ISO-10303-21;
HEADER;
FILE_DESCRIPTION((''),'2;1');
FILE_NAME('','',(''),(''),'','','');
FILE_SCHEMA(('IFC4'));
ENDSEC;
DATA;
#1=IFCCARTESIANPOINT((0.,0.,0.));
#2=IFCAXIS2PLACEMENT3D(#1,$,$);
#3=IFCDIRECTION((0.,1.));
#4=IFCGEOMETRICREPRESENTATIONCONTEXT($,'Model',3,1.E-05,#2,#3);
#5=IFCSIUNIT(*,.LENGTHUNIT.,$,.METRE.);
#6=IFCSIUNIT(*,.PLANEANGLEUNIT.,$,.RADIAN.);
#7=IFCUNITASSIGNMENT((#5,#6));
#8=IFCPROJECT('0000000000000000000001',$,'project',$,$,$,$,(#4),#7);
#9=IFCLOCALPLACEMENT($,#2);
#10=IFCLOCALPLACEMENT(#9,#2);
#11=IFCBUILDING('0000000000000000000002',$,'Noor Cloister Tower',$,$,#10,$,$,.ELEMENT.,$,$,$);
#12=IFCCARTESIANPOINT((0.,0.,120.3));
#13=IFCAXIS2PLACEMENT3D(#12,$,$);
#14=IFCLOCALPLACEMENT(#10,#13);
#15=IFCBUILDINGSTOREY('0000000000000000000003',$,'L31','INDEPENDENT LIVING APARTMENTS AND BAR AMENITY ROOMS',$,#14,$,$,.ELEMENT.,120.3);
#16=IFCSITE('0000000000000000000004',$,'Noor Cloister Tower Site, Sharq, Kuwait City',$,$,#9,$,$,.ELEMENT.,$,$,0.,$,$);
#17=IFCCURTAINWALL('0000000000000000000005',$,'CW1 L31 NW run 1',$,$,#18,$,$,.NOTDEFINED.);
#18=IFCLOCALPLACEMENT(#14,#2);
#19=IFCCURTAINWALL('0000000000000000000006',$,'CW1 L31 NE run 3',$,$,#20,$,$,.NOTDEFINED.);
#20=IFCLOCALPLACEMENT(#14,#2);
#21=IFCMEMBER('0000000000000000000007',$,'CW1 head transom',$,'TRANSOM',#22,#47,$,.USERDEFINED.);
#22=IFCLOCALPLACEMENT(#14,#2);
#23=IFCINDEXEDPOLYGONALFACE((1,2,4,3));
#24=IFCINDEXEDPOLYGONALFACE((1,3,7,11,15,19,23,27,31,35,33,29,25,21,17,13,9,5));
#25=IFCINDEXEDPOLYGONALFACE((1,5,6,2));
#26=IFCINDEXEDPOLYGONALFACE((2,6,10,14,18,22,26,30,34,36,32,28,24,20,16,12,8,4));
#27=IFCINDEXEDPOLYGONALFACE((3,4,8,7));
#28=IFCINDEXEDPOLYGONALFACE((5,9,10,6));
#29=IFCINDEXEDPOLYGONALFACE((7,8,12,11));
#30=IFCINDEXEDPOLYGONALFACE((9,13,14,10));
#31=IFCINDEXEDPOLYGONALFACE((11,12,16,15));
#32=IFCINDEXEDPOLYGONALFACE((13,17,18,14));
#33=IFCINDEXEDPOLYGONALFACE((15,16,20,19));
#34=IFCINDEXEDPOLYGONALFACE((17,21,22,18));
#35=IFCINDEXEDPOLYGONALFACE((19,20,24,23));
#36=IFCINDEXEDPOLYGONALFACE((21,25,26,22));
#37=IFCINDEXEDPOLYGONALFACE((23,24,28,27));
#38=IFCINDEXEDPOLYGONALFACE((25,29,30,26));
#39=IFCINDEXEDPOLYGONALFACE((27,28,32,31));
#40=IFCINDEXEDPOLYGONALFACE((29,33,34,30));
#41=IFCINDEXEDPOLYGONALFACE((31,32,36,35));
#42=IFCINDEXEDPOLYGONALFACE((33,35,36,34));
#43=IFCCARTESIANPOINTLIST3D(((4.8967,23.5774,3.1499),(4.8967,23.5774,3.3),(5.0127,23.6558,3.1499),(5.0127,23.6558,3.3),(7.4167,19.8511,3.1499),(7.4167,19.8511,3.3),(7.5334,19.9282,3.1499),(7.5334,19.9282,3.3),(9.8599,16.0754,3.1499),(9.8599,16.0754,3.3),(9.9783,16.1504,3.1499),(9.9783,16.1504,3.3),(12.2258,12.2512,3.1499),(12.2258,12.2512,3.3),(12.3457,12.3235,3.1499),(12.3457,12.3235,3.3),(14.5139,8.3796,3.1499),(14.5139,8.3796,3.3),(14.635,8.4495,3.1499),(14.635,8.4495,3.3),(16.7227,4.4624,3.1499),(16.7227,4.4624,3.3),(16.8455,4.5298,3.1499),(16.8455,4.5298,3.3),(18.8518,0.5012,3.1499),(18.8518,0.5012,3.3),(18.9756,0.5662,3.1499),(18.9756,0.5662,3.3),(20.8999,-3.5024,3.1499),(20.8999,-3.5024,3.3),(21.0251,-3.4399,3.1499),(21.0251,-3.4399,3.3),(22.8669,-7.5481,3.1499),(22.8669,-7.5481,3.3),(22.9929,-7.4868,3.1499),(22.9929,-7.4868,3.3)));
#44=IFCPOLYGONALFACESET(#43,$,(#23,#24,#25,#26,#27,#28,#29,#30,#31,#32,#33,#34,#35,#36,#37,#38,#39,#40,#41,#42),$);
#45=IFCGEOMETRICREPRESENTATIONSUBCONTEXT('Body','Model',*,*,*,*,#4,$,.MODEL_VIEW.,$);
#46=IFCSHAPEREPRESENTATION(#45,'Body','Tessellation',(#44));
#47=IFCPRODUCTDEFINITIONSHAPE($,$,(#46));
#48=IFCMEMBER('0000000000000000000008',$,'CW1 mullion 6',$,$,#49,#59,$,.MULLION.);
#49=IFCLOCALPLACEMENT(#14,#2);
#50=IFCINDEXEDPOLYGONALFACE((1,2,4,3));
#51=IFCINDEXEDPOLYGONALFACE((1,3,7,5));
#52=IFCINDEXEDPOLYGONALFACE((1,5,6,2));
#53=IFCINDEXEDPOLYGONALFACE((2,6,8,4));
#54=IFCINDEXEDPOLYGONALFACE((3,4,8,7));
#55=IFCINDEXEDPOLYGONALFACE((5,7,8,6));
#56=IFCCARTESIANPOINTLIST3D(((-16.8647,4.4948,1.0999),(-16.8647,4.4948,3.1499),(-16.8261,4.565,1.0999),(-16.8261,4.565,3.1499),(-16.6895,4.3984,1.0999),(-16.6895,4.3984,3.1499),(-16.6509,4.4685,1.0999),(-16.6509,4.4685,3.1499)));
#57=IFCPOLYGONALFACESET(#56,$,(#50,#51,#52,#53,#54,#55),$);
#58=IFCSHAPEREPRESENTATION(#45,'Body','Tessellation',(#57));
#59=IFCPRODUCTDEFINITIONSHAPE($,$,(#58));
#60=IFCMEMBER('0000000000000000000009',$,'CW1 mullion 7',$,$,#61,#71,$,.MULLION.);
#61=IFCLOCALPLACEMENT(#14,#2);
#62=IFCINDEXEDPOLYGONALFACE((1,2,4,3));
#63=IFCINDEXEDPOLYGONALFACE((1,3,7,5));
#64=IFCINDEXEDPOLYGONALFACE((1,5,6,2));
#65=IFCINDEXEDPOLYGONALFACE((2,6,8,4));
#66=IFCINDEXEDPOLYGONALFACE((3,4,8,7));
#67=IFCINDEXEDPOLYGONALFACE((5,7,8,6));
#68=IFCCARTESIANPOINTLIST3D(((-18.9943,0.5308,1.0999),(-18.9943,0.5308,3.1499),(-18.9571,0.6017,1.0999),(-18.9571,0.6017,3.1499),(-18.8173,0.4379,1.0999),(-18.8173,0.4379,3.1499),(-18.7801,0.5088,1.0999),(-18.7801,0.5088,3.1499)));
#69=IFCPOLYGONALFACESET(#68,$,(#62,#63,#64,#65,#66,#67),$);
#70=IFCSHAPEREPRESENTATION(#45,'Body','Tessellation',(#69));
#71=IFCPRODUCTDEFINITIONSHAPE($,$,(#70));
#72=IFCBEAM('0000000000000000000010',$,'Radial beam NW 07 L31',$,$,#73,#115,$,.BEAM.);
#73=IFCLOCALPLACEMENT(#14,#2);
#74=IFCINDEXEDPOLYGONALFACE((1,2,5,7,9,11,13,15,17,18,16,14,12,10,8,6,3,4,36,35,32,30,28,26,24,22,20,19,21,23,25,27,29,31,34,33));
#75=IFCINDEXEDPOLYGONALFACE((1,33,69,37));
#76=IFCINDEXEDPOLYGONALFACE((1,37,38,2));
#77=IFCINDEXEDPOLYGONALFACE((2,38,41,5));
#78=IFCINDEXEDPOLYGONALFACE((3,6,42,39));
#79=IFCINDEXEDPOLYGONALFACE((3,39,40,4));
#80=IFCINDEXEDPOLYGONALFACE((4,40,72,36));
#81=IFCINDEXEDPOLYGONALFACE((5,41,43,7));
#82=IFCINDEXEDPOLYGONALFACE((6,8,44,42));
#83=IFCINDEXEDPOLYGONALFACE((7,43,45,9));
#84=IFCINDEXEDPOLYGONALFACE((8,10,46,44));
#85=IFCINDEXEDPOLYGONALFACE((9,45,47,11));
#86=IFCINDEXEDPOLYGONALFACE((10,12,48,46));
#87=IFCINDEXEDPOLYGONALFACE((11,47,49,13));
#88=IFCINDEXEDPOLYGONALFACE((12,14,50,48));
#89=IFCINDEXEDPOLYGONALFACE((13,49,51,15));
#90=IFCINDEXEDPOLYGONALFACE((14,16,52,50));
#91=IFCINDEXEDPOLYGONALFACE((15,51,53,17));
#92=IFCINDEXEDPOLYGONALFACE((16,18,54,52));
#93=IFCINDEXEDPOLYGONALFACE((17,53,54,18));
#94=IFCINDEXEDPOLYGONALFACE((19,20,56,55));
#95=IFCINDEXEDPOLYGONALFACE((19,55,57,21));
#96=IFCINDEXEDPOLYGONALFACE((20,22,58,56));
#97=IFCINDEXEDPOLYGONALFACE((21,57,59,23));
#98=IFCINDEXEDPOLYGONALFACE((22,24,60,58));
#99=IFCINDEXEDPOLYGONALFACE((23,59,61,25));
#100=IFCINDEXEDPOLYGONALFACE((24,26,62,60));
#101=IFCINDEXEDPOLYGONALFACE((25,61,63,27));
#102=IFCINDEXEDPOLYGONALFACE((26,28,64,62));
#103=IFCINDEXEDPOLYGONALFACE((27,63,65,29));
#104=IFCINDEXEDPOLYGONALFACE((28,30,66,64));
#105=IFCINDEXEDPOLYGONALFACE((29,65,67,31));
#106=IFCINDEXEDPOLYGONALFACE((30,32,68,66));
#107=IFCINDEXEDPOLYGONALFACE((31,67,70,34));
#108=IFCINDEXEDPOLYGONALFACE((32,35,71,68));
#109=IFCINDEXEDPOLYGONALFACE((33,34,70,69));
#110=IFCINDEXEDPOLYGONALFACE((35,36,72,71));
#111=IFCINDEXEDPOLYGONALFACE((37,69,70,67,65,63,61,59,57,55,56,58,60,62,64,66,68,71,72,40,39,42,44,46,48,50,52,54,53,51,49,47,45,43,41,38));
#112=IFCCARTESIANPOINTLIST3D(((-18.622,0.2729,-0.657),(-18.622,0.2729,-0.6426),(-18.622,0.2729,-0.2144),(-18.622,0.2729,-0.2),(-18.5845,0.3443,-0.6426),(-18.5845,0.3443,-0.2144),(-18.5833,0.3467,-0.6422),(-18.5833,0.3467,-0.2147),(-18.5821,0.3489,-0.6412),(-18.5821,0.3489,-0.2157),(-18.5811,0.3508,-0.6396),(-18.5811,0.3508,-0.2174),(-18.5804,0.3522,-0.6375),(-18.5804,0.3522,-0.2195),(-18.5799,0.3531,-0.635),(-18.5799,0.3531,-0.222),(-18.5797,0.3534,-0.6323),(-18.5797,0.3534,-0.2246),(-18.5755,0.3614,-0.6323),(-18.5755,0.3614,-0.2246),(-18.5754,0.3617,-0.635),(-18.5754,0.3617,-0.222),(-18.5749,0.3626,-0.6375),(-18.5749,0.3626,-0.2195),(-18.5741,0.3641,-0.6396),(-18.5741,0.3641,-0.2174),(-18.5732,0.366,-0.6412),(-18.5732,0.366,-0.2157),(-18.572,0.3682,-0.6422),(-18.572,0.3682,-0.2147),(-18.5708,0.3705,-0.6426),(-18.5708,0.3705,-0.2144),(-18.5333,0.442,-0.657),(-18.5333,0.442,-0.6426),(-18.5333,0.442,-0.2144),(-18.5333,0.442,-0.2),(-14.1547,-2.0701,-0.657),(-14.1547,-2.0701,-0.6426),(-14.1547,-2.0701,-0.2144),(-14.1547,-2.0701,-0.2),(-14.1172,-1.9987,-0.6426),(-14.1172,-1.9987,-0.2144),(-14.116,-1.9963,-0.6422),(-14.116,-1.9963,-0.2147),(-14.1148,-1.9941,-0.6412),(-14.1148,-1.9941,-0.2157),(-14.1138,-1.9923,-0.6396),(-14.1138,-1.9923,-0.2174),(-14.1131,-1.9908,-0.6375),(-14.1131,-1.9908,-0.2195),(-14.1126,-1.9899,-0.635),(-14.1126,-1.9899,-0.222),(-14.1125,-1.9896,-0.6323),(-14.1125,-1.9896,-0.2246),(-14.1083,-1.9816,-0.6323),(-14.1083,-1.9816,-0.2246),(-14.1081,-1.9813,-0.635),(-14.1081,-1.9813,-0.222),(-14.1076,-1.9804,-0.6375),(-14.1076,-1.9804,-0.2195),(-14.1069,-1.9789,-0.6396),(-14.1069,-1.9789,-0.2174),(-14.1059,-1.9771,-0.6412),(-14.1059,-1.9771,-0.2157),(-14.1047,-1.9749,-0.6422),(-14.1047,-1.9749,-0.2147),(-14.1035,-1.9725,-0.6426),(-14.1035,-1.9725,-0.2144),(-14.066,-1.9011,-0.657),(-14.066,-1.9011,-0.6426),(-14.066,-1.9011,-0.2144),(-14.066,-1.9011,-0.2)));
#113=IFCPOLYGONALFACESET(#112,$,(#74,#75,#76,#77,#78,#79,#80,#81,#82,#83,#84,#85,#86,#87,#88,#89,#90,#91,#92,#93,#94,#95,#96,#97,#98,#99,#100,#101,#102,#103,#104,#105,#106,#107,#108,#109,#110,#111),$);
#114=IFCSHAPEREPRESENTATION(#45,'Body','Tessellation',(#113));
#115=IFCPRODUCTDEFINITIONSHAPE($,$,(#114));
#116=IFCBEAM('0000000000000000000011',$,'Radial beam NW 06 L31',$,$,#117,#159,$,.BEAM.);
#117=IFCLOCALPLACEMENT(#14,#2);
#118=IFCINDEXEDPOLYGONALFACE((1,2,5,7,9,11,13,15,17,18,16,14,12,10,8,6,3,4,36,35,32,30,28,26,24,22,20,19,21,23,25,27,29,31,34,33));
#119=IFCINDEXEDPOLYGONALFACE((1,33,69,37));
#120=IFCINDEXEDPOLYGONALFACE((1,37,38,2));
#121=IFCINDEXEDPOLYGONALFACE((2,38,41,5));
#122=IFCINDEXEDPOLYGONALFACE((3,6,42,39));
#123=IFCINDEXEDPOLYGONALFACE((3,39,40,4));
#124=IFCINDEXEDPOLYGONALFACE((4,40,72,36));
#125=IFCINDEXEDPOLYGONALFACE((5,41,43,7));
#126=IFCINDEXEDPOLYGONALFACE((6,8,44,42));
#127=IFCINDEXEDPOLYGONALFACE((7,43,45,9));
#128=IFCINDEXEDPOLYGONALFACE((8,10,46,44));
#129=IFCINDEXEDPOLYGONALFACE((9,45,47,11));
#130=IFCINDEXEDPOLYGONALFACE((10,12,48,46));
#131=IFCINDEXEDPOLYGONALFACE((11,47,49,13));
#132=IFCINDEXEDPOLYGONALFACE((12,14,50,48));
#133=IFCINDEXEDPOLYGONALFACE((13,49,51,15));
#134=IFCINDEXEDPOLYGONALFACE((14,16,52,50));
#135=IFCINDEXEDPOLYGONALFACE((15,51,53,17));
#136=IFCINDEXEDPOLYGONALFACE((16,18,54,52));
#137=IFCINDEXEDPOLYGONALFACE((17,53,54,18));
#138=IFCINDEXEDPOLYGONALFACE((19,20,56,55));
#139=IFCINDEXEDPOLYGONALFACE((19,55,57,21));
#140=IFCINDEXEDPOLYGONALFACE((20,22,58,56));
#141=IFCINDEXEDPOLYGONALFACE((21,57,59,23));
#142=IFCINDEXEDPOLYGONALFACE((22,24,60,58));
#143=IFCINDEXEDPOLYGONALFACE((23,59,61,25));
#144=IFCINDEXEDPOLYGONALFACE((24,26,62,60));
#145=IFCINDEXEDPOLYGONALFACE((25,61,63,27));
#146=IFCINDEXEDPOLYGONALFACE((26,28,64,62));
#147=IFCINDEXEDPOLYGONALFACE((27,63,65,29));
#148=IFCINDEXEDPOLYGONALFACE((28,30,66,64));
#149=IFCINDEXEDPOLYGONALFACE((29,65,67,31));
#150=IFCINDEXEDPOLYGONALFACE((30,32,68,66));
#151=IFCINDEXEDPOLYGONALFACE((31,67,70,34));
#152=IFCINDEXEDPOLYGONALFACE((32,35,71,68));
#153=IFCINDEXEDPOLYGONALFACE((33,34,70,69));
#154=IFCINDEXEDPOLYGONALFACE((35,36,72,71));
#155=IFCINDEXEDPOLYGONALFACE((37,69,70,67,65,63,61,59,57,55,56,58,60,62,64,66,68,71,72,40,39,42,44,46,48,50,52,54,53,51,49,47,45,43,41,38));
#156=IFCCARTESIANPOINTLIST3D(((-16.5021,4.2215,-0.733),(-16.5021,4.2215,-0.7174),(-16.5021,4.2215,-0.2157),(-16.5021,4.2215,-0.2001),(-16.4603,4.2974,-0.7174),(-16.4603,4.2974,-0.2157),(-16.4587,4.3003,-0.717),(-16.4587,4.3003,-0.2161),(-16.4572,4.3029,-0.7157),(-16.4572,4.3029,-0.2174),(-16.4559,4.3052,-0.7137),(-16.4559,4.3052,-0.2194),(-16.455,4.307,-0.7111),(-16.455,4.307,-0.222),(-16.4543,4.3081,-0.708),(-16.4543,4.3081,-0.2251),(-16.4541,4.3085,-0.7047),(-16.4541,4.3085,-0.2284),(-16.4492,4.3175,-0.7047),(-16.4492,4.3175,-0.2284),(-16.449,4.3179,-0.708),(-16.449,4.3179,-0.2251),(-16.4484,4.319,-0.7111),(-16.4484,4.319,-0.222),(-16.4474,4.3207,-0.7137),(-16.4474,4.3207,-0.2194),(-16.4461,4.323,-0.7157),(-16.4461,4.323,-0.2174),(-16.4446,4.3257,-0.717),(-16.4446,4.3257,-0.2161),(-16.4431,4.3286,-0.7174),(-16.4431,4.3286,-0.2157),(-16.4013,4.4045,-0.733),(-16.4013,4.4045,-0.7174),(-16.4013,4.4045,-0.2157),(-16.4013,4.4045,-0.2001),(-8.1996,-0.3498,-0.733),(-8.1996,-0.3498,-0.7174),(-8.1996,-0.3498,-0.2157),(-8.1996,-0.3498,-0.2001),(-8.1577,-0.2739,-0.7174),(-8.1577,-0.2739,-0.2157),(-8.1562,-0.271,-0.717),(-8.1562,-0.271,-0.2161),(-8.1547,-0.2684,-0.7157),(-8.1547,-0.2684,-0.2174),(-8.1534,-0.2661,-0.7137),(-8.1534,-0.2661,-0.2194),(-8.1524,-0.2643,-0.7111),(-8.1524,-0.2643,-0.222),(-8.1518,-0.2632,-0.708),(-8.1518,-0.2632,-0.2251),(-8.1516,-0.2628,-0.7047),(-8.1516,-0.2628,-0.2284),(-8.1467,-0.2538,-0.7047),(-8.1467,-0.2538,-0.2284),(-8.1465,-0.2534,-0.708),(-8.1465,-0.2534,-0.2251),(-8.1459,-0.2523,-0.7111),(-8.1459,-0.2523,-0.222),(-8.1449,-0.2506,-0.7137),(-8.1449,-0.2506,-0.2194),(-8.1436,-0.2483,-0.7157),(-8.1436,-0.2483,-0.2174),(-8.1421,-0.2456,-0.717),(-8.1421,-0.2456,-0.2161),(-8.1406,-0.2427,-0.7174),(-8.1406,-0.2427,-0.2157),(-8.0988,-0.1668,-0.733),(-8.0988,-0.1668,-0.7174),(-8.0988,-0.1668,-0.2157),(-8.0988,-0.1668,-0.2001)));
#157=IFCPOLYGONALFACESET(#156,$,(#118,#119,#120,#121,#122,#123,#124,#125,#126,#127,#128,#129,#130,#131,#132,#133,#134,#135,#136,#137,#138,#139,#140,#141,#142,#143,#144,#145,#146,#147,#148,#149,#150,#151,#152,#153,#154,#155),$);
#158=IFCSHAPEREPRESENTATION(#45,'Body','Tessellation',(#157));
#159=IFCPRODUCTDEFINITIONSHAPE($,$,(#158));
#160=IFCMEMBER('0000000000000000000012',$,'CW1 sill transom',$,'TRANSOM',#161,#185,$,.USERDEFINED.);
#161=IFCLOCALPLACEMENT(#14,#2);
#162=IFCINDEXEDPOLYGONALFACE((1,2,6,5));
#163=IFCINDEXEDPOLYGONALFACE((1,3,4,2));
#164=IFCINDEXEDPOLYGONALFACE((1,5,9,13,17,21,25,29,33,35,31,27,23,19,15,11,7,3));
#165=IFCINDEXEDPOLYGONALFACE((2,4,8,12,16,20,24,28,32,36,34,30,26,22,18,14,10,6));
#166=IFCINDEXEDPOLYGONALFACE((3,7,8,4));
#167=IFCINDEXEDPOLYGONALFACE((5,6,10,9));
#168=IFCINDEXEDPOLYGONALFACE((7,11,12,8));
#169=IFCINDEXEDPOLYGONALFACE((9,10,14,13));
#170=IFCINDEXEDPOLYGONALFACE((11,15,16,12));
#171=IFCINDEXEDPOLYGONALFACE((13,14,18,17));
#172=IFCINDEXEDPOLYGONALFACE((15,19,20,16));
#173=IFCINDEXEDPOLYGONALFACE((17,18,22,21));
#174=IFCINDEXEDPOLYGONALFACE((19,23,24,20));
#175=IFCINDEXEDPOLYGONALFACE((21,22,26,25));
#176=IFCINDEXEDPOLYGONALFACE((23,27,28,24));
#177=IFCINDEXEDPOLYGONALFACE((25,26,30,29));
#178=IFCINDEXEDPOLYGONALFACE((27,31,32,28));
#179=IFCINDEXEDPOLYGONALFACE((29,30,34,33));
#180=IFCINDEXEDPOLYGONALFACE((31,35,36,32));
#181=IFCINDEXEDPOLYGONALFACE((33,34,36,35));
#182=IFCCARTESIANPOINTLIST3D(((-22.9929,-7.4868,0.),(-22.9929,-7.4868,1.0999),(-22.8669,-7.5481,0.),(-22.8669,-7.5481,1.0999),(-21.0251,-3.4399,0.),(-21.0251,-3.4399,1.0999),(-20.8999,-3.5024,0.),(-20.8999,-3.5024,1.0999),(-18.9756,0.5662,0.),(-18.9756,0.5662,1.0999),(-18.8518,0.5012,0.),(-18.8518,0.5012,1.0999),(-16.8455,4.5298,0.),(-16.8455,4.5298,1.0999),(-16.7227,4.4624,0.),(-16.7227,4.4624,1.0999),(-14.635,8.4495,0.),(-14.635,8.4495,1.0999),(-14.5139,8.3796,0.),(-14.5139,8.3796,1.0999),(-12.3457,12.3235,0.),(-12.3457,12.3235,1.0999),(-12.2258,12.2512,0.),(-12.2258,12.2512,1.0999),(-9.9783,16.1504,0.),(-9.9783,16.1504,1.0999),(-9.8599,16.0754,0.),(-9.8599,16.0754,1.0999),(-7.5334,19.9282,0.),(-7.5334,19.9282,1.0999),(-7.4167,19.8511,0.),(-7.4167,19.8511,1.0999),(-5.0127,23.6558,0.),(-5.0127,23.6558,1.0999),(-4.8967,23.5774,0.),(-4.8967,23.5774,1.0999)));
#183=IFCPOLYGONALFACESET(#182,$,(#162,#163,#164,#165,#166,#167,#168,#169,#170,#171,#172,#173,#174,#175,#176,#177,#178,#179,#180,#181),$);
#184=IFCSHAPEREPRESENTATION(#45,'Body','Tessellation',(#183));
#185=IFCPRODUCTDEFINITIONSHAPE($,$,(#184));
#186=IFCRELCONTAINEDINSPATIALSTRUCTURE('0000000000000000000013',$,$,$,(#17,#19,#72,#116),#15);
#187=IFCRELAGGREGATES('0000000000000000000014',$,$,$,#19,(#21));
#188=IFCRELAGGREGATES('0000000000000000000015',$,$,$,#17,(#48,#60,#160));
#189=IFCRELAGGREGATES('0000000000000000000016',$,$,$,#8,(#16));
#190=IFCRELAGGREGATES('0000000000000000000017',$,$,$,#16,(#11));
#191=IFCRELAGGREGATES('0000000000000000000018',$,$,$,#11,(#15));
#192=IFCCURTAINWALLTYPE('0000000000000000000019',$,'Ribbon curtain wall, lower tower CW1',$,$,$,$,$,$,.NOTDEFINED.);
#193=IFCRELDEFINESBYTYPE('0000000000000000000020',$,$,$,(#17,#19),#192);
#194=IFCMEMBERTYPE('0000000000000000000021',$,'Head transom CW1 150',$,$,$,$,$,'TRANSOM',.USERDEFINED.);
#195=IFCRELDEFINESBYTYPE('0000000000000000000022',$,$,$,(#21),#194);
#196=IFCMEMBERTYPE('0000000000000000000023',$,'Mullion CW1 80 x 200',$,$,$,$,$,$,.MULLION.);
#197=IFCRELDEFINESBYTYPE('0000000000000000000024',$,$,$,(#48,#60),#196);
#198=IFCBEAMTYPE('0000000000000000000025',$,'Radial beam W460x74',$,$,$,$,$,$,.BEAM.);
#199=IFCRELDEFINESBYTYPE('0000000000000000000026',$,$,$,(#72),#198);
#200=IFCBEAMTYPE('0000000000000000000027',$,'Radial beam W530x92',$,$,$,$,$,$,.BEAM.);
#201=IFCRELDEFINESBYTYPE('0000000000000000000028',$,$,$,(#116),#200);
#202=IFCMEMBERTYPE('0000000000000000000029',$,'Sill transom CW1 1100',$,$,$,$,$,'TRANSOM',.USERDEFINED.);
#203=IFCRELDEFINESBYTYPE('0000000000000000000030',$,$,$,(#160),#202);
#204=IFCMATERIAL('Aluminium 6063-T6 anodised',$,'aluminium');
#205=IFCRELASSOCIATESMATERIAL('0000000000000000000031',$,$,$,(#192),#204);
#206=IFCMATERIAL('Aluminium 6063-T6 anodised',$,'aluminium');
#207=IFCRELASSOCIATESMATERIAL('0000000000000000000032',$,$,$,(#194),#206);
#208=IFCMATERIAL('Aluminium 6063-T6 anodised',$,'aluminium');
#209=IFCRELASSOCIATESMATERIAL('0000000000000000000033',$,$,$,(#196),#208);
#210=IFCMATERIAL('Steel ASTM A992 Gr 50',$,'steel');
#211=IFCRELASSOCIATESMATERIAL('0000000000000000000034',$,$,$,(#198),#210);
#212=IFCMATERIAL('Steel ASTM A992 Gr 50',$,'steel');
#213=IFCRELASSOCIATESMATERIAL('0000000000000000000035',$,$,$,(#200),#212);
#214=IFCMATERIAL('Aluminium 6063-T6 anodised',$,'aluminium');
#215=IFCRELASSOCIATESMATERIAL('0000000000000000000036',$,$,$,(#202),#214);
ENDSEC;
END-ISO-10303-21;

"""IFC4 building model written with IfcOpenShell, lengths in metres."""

from ifc_helpers import new_model, si_unit, direction, frame, origin, origin_2d, place, context, subcontext, project, spatial, polyline, rectangle, i_section, outline, extrude, material, material_profile, profile_set, type_object, element, aggregate, save


model = new_model("IFC4")

# Units and contexts
model_context = context("Model", 3, precision=1e-05, world=origin(), true_north=direction((0.0, 1.0)))
body_context = subcontext(model_context, "Body", "Model", "MODEL_VIEW")
ifc_project = project(units=[si_unit("LENGTHUNIT", "METRE"), si_unit("PLANEANGLEUNIT", "RADIAN")], contexts=[model_context])

# Site, building, storey
site_placement = place(None, origin())
site = spatial("IfcSite", under=ifc_project, at=site_placement, Name="Noor Cloister Tower Site, Sharq, Kuwait City", CompositionType="ELEMENT", RefElevation=0.0)
building_placement = place(site_placement, origin())
building = spatial("IfcBuilding", under=site, at=building_placement, Name="Noor Cloister Tower", CompositionType="ELEMENT")
storey_placement = place(building_placement, frame((0.0, 0.0, 120.3)))
storey = spatial("IfcBuildingStorey", under=building, at=storey_placement, Name="L31", Description="INDEPENDENT LIVING APARTMENTS AND BAR AMENITY ROOMS", CompositionType="ELEMENT", Elevation=120.3)

# Curtain walls, member
ifc_material_1 = material(Name="Aluminium 6063-T6 anodised", Category="aluminium")
curtain_wall_type = type_object("IfcCurtainWallType", Name="Ribbon curtain wall, lower tower CW1", PredefinedType="NOTDEFINED", material=ifc_material_1)
curtain_wall_1_placement = place(storey_placement, origin())
curtain_wall_1 = element("IfcCurtainWall", 1, at=curtain_wall_1_placement, inside=storey, type_object=curtain_wall_type, Name="CW1 L31 NW run 1", PredefinedType="NOTDEFINED")
ifc_material_2 = material(Name="Aluminium 6063-T6 anodised", Category="aluminium")
member_type_1 = type_object("IfcMemberType", Name="Head transom CW1 150", ElementType="TRANSOM", PredefinedType="USERDEFINED", material=ifc_material_2)
curtain_wall_2_placement = place(storey_placement, origin())
curtain_wall_2 = element("IfcCurtainWall", 2, at=curtain_wall_2_placement, inside=storey, type_object=curtain_wall_type, Name="CW1 L31 NE run 3", PredefinedType="NOTDEFINED")
member_1_placement = place(storey_placement, frame((0.0, 0.0, 3.1499)))
member_1 = element("IfcMember", 3, at=member_1_placement, type_object=member_type_1, Name="CW1 head transom", ObjectType="TRANSOM", PredefinedType="USERDEFINED", context=body_context, shape_type="SweptSolid", body=[
    extrude(outline(polyline([(22.9929, -7.4868), (21.0251, -3.4399), (18.9756, 0.5662), (16.8455, 4.5298), (14.635, 8.4495), (12.3457, 12.3235), (9.9783, 16.1504), (7.5334, 19.9282), (5.0127, 23.6558), (4.8967, 23.5774), (7.4167, 19.8511), (9.8599, 16.0754), (12.2258, 12.2512), (14.5139, 8.3796), (16.7227, 4.4624), (18.8518, 0.5012), (20.8999, -3.5024), (22.8669, -7.5481), (22.9929, -7.4868)])), origin(), (0.0, 0.0, 1.0), 0.1501),
])

# Members
ifc_material_3 = material(Name="Aluminium 6063-T6 anodised", Category="aluminium")
ifc_material_profile_1 = material_profile(ifc_material_3, rectangle(XDim=0.2, YDim=0.0801, at=origin_2d()), Name="200 x 80 mullion")
ifc_profile_set_1 = profile_set([ifc_material_profile_1], Name="Aluminium 6063-T6 anodised")
member_type_2 = type_object("IfcMemberType", Name="Mullion CW1 80 x 200", PredefinedType="MULLION", material=ifc_profile_set_1)
member_2_placement = place(storey_placement, frame((-16.7578, 4.4817, 1.0999), z_axis=(0.0, 0.0, 1.0), x_axis=(0.875994, -0.482322, 0.0)))
member_2 = element("IfcMember", 4, at=member_2_placement, type_object=member_type_2, Name="CW1 mullion 6", PredefinedType="MULLION", context=body_context, shape_type="SweptSolid", body=[
    extrude(rectangle(XDim=0.2, YDim=0.0801, at=origin_2d()), origin(), (0.0, 0.0, 1.0), 2.05),
])
member_3_placement = place(storey_placement, frame((-18.8872, 0.5198, 1.0999), z_axis=(0.0, 0.0, 1.0), x_axis=(0.885601, -0.464446, 0.0)))
member_3 = element("IfcMember", 5, at=member_3_placement, type_object=member_type_2, Name="CW1 mullion 7", PredefinedType="MULLION", context=body_context, shape_type="SweptSolid", body=[
    extrude(rectangle(XDim=0.2, YDim=0.0801, at=origin_2d()), origin(), (0.0, 0.0, 1.0), 2.05),
])

# Beams
ifc_material_4 = material(Name="Steel ASTM A992 Gr 50", Category="steel")
ifc_material_profile_2 = material_profile(ifc_material_4, i_section(OverallWidth=0.1909, OverallDepth=0.457, WebThickness=0.009, FlangeThickness=0.0144, FilletRadius=0.0103, at=origin_2d()), Name="W460x74")
ifc_profile_set_2 = profile_set([ifc_material_profile_2], Name="Steel ASTM A992 Gr 50")
beam_type_1 = type_object("IfcBeamType", Name="Radial beam W460x74", PredefinedType="BEAM", material=ifc_profile_set_2)
beam_1_placement = place(storey_placement, frame((-18.5776, 0.3574, -0.4285), z_axis=(0.885586, -0.464475, 0.0), x_axis=(0.464475, 0.885586, 0.0)))
element("IfcBeam", 6, at=beam_1_placement, inside=storey, type_object=beam_type_1, Name="Radial beam NW 07 L31", PredefinedType="BEAM", context=body_context, shape_type="SweptSolid", body=[
    extrude(i_section(OverallWidth=0.1909, OverallDepth=0.457, WebThickness=0.009, FlangeThickness=0.0144, FilletRadius=0.0103, at=origin_2d()), origin(), (0.0, 0.0, 1.0), 5.0444),
])
ifc_material_5 = material(Name="Steel ASTM A992 Gr 50", Category="steel")
ifc_material_profile_3 = material_profile(ifc_material_5, i_section(OverallWidth=0.209, OverallDepth=0.533, WebThickness=0.0103, FlangeThickness=0.0156, FilletRadius=0.0127, at=origin_2d()), Name="W530x92")
ifc_profile_set_3 = profile_set([ifc_material_profile_3], Name="Steel ASTM A992 Gr 50")
beam_type_2 = type_object("IfcBeamType", Name="Radial beam W530x92", PredefinedType="BEAM", material=ifc_profile_set_3)
beam_2_placement = place(storey_placement, frame((-16.4517, 4.313, -0.4666), z_axis=(0.875997, -0.482317, 0.0), x_axis=(0.482317, 0.875997, 0.0)))
element("IfcBeam", 7, at=beam_2_placement, inside=storey, type_object=beam_type_2, Name="Radial beam NW 06 L31", PredefinedType="BEAM", context=body_context, shape_type="SweptSolid", body=[
    extrude(i_section(OverallWidth=0.209, OverallDepth=0.533, WebThickness=0.0103, FlangeThickness=0.0156, FilletRadius=0.0127, at=origin_2d()), origin(), (0.0, 0.0, 1.0), 9.4778),
])

# Member
ifc_material_6 = material(Name="Aluminium 6063-T6 anodised", Category="aluminium")
member_type_3 = type_object("IfcMemberType", Name="Sill transom CW1 1100", ElementType="TRANSOM", PredefinedType="USERDEFINED", material=ifc_material_6)
member_4_placement = place(storey_placement, origin())
member_4 = element("IfcMember", 8, at=member_4_placement, type_object=member_type_3, Name="CW1 sill transom", ObjectType="TRANSOM", PredefinedType="USERDEFINED", context=body_context, shape_type="SweptSolid", body=[
    extrude(outline(polyline([(-5.0127, 23.6558), (-7.5334, 19.9282), (-9.9783, 16.1504), (-12.3457, 12.3235), (-14.635, 8.4495), (-16.8455, 4.5298), (-18.9756, 0.5662), (-21.0251, -3.4399), (-22.9929, -7.4868), (-22.8669, -7.5481), (-20.8999, -3.5024), (-18.8518, 0.5012), (-16.7227, 4.4624), (-14.5139, 8.3796), (-12.2258, 12.2512), (-9.8599, 16.0754), (-7.4167, 19.8511), (-4.8967, 23.5774), (-5.0127, 23.6558)])), origin(), (0.0, 0.0, 1.0), 1.0999),
])
aggregate(curtain_wall_2, [member_1])

aggregate(curtain_wall_1, [member_2, member_3, member_4])

save(model, "model.ifc")
